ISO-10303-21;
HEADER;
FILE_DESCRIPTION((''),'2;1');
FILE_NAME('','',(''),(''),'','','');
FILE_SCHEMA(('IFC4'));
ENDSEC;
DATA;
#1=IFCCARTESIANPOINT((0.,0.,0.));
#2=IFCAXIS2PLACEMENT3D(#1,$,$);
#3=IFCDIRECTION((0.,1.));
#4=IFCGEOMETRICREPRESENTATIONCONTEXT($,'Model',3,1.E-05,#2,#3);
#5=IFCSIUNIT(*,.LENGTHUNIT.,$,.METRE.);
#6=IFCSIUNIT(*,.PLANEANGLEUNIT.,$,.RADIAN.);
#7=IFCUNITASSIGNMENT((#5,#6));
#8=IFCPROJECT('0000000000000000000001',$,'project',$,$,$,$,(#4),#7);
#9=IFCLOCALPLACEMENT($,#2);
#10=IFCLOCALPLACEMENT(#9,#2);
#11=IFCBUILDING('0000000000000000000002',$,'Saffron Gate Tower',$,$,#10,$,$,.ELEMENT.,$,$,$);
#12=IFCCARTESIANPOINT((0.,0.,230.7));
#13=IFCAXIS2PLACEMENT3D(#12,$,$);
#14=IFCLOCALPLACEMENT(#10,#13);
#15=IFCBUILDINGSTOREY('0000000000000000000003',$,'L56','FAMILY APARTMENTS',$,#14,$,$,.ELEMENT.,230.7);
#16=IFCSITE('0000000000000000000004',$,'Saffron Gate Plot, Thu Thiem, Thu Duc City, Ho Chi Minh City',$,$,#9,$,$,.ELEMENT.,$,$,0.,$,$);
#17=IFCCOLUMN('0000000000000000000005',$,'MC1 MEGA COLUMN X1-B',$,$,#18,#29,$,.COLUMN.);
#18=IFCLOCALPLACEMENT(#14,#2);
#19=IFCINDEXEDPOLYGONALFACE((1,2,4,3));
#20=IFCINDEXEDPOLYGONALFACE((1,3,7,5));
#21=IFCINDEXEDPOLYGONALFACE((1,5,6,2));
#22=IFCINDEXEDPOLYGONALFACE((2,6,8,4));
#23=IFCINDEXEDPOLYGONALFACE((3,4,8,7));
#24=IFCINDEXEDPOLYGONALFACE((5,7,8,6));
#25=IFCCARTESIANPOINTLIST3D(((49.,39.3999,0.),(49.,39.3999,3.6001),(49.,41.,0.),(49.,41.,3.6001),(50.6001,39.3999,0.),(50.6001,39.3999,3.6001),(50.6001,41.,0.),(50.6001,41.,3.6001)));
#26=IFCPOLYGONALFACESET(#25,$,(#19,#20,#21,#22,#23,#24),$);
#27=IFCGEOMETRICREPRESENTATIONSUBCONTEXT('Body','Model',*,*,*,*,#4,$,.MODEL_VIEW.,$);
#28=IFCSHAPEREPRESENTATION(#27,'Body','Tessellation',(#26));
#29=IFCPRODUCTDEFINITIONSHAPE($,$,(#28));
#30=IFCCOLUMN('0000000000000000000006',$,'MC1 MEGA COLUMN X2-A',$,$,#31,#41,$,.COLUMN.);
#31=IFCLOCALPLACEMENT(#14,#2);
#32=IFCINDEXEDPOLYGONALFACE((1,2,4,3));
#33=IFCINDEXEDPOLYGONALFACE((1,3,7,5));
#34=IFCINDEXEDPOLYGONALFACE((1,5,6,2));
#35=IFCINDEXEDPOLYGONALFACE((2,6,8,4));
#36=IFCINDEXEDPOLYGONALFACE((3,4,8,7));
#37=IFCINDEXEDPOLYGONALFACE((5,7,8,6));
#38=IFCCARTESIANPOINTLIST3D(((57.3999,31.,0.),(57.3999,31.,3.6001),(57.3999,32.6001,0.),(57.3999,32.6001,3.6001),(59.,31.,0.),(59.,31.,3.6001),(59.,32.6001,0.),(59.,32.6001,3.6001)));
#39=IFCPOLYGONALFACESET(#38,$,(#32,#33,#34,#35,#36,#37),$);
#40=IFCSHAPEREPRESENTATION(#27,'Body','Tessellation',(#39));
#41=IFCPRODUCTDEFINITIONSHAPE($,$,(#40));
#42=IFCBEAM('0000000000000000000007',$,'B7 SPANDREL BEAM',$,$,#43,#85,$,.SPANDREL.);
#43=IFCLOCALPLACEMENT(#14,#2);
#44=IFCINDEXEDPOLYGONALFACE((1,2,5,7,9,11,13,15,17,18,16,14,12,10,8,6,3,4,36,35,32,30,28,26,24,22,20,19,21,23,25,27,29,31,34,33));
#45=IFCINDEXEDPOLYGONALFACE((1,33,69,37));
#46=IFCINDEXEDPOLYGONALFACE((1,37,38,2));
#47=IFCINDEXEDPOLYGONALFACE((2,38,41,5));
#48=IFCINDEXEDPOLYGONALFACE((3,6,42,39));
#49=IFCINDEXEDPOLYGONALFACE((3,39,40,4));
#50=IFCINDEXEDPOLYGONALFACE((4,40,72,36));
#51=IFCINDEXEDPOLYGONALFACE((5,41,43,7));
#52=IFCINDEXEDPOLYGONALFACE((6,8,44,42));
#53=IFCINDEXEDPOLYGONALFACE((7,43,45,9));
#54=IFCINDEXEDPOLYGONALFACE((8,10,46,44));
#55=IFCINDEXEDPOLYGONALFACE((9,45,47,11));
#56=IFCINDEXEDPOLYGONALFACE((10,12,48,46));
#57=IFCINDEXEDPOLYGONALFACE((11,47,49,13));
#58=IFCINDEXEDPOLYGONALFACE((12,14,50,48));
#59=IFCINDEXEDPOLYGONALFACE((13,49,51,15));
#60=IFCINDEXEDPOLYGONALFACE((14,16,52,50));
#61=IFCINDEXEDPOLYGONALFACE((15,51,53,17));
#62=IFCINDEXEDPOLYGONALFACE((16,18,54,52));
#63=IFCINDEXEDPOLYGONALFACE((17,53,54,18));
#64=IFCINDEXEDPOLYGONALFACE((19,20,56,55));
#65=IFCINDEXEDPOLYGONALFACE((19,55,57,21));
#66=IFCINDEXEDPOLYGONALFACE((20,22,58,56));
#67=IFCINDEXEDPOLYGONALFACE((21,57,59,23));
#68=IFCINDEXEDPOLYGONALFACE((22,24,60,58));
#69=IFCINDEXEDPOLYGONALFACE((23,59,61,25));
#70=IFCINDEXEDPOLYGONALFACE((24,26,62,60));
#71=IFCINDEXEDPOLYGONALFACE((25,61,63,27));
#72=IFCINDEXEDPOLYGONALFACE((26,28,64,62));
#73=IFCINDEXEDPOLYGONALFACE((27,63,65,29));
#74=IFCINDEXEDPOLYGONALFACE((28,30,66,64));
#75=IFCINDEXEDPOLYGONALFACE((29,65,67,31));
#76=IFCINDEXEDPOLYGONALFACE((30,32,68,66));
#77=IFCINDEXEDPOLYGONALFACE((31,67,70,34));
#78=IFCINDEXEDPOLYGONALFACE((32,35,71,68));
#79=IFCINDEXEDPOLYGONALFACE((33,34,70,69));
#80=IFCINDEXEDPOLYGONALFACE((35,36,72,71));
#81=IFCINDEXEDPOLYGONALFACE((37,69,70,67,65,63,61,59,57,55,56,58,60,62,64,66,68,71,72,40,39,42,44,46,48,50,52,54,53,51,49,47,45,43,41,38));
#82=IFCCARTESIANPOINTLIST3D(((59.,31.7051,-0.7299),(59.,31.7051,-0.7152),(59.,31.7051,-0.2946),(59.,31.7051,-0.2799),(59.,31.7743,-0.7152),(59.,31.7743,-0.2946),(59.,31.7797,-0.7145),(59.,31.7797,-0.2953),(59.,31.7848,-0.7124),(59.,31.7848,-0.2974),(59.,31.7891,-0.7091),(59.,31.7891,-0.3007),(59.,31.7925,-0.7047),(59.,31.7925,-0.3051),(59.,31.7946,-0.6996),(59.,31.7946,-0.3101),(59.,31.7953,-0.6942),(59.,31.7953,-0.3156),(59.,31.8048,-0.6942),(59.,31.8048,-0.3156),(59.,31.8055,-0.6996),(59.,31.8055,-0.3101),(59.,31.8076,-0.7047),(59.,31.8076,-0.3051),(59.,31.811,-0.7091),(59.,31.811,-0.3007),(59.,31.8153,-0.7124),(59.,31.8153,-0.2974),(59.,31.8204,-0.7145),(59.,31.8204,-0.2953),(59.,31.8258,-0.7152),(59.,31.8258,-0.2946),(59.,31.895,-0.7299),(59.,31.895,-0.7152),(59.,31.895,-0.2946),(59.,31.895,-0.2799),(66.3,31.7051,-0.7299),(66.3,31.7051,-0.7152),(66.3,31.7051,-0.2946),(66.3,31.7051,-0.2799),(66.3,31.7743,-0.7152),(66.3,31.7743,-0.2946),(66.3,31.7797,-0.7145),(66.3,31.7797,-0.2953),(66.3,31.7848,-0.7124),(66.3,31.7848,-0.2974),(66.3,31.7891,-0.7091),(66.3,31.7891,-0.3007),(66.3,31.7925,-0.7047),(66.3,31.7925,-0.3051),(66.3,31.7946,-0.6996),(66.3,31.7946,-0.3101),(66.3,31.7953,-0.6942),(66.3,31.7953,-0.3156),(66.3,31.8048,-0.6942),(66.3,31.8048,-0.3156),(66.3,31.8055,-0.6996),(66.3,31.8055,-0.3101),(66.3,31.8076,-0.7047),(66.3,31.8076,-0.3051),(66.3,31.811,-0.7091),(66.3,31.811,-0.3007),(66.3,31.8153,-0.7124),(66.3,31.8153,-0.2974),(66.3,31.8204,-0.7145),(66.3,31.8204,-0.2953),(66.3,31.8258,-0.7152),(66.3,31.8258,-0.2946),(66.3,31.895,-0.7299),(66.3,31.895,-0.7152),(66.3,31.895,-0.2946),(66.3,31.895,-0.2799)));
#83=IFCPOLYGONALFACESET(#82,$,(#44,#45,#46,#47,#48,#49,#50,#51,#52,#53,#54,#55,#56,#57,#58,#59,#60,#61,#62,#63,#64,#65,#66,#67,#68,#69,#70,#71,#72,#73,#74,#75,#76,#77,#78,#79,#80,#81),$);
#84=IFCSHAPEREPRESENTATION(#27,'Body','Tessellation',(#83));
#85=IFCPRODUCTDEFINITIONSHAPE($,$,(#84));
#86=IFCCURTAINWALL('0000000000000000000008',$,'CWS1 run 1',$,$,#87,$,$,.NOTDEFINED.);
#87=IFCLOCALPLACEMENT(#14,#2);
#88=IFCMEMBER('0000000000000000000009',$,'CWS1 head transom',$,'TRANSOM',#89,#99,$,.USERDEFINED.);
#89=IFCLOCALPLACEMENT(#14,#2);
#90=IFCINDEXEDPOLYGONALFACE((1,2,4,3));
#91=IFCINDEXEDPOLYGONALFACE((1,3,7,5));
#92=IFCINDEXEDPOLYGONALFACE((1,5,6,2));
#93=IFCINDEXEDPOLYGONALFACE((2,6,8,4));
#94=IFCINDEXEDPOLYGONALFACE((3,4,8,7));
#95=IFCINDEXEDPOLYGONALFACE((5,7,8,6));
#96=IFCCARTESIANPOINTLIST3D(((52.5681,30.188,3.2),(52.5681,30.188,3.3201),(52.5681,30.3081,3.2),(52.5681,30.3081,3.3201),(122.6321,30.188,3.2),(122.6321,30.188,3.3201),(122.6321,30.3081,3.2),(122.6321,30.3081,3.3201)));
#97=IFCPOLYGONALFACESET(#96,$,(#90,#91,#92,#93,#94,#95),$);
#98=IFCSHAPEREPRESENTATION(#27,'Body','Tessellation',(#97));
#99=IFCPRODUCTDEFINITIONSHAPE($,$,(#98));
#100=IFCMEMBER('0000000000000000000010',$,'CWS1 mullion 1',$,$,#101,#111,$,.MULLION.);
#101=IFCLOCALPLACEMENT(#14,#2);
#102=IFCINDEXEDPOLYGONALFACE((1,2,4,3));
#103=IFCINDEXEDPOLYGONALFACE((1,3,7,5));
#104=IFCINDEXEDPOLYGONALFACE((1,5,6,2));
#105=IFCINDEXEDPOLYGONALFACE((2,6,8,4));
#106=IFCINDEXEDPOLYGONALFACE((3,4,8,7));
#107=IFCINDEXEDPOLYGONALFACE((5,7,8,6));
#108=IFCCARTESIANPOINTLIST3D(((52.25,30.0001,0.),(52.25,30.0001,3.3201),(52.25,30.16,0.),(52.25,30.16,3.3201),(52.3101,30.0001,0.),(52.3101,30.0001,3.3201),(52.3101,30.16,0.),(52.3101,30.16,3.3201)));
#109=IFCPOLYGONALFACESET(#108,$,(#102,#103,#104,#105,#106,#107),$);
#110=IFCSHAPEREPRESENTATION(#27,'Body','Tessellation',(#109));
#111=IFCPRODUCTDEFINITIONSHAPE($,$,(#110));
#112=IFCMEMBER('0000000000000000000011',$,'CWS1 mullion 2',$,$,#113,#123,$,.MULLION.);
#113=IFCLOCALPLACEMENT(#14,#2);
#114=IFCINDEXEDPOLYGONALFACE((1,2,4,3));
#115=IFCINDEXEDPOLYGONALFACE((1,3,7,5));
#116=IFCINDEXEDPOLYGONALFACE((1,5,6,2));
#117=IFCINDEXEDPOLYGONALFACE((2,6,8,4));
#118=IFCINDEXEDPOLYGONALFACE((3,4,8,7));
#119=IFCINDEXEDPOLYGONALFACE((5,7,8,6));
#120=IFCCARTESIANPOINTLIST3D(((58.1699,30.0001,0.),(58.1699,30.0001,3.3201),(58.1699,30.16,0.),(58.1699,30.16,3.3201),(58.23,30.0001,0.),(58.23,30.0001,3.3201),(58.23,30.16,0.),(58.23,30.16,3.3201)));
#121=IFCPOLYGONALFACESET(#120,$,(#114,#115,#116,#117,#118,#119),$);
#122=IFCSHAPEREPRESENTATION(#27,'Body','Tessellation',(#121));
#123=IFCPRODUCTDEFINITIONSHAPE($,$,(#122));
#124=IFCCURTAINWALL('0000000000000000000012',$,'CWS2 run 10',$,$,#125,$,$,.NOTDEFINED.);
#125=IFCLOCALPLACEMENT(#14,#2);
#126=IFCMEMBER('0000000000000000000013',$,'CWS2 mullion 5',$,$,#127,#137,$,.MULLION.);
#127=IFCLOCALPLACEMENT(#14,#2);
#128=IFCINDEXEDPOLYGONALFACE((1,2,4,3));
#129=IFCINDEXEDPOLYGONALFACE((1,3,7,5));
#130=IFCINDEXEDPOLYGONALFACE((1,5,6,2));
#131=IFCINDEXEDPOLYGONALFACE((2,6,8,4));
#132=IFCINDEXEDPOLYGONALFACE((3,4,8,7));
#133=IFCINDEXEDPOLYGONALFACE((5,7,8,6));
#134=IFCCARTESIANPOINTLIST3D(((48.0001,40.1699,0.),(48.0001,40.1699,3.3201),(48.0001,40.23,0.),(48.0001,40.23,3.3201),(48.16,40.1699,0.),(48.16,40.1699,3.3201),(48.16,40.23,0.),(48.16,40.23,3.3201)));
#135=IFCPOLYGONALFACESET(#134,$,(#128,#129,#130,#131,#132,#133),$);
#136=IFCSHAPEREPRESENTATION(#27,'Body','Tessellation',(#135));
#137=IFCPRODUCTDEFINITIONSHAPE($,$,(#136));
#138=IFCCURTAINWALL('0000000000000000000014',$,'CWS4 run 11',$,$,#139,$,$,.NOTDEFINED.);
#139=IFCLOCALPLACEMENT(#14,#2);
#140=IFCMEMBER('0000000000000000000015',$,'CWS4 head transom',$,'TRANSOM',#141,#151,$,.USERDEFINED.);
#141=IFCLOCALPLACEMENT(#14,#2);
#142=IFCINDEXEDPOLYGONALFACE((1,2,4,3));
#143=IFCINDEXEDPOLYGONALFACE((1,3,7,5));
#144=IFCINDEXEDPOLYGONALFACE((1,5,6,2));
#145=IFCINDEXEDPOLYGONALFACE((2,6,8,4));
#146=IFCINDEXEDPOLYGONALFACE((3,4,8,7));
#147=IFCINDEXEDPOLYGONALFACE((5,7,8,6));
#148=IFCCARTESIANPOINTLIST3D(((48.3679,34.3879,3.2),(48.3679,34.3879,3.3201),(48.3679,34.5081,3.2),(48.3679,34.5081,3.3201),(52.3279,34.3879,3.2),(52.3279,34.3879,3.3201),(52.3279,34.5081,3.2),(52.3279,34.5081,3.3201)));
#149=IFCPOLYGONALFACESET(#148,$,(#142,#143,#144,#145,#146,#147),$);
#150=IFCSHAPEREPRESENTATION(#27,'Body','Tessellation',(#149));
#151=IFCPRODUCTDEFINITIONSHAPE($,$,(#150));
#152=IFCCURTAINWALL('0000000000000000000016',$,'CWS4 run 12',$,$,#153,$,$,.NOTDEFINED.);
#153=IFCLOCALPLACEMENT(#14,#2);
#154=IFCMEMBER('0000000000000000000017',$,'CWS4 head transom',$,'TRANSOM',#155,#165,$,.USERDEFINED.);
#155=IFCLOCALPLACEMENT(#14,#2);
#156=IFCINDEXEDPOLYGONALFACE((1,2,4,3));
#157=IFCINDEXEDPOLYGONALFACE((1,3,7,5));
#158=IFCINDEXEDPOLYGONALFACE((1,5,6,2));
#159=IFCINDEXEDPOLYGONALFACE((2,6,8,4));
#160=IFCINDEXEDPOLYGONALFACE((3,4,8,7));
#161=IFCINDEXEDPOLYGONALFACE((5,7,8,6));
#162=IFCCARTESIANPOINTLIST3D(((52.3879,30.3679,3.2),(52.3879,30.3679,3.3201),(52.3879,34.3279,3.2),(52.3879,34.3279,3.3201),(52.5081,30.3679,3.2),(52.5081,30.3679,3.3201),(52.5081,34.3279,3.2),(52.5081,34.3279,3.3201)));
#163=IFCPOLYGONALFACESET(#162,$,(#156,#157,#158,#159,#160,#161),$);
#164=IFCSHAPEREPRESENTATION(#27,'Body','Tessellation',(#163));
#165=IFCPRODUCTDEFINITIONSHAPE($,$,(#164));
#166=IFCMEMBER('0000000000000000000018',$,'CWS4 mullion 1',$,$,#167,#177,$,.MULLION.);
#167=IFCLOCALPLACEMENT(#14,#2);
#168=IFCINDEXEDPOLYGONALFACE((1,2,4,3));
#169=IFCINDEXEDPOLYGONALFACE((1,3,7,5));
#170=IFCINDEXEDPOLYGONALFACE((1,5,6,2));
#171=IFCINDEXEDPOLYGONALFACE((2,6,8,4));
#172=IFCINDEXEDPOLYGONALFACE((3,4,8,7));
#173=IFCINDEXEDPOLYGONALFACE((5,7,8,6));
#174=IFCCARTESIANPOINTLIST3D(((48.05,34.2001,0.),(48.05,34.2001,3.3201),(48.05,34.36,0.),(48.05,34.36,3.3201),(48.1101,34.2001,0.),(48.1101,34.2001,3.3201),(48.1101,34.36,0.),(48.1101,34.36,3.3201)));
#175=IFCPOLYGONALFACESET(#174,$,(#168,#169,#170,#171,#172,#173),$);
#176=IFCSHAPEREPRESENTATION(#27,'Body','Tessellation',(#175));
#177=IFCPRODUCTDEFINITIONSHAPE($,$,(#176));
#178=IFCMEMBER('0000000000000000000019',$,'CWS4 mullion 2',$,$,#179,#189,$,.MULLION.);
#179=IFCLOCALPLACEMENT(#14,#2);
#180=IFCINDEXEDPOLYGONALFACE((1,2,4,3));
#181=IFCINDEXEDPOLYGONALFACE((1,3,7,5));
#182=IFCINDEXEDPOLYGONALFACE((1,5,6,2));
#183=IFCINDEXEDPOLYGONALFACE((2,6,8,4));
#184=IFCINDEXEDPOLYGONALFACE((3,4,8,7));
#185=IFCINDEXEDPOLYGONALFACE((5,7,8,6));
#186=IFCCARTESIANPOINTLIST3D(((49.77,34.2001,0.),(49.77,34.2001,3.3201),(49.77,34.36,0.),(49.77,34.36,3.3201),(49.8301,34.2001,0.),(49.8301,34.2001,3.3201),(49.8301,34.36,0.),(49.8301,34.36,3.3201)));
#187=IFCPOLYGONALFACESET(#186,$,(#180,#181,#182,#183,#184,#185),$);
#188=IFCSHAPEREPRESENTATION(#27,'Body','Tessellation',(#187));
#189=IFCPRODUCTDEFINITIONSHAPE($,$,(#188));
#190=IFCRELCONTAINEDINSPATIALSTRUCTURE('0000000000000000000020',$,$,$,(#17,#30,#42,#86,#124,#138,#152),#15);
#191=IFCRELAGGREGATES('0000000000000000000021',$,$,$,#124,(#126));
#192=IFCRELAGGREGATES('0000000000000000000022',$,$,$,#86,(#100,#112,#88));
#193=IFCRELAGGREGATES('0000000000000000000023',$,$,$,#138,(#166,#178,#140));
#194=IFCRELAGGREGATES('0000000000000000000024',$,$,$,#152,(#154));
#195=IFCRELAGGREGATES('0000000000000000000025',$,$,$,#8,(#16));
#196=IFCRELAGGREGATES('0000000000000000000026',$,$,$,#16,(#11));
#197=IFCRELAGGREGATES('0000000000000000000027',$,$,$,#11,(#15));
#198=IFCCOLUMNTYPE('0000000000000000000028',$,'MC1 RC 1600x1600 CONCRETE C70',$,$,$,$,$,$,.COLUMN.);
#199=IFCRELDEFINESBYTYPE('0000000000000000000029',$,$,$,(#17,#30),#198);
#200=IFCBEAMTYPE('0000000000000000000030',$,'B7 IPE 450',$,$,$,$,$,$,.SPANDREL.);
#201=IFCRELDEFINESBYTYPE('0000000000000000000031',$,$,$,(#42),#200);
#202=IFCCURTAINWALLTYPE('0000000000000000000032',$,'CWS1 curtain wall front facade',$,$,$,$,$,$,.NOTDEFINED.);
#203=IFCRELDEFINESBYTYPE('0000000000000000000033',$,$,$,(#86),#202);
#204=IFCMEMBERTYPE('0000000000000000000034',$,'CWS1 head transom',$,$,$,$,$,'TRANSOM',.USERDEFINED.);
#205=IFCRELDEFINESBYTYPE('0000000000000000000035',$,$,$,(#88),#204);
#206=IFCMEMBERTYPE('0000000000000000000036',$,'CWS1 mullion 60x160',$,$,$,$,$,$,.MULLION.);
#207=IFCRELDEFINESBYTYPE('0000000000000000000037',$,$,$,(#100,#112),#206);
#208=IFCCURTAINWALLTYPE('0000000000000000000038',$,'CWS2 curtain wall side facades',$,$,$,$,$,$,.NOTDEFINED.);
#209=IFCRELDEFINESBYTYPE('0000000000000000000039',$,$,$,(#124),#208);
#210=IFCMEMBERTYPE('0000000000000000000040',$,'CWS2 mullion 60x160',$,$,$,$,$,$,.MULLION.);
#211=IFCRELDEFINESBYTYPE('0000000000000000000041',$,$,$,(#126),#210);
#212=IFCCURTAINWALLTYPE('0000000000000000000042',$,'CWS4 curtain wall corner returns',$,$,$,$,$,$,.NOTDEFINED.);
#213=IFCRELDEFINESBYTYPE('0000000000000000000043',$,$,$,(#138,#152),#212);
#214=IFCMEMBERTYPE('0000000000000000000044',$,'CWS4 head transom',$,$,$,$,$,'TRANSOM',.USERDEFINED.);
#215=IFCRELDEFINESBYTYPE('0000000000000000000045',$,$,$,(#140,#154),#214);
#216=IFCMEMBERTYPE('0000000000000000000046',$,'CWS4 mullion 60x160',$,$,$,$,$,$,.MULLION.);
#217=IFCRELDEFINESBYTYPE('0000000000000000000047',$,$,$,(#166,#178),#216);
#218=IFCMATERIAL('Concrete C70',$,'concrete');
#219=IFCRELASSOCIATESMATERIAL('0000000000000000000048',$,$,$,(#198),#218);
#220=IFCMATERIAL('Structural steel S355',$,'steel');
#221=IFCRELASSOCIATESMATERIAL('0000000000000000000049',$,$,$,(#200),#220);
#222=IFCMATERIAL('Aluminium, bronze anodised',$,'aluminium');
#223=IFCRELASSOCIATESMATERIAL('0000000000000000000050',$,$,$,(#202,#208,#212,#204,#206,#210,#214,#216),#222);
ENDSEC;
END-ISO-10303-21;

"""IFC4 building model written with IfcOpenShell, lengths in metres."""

from ifc_helpers import new_model, si_unit, direction, frame, origin, origin_2d, place, context, subcontext, project, spatial, rectangle, i_section, extrude, material, material_profile, profile_set, type_object, element, aggregate, save


model = new_model("IFC4")

# Units and contexts
model_context = context("Model", 3, precision=1e-05, world=origin(), true_north=direction((0.0, 1.0)))
body_context = subcontext(model_context, "Body", "Model", "MODEL_VIEW")
ifc_project = project(units=[si_unit("LENGTHUNIT", "METRE"), si_unit("PLANEANGLEUNIT", "RADIAN")], contexts=[model_context])

# Site, building, storey
site_placement = place(None, origin())
site = spatial("IfcSite", under=ifc_project, at=site_placement, Name="Saffron Gate Plot, Thu Thiem, Thu Duc City, Ho Chi Minh City", CompositionType="ELEMENT", RefElevation=0.0)
building_placement = place(site_placement, origin())
building = spatial("IfcBuilding", under=site, at=building_placement, Name="Saffron Gate Tower", CompositionType="ELEMENT")
storey_placement = place(building_placement, frame((0.0, 0.0, 230.7)))
storey = spatial("IfcBuildingStorey", under=building, at=storey_placement, Name="L56", Description="FAMILY APARTMENTS", CompositionType="ELEMENT", Elevation=230.7)

# Columns
ifc_material_1 = material(Name="Concrete C70", Category="concrete")
ifc_material_profile_1 = material_profile(ifc_material_1, rectangle(XDim=1.6001, YDim=1.6001, at=origin_2d()))
ifc_profile_set_1 = profile_set([ifc_material_profile_1], Name="Concrete C70")
column_type = type_object("IfcColumnType", Name="MC1 RC 1600x1600 CONCRETE C70", PredefinedType="COLUMN", material=ifc_profile_set_1)
for number, where, z_axis, x_axis, name in (
    (1, (49.8, 40.2, 0.0), (0.0, 0.0, 1.0), (1.0, 0.0, 0.0), "MC1 MEGA COLUMN X1-B"),
    (2, (58.2, 31.8, 0.0), (0.0, 0.0, 1.0), (1.0, 0.0, 0.0), "MC1 MEGA COLUMN X2-A"),
):
    element("IfcColumn", number, at=place(storey_placement, frame(where, z_axis=z_axis, x_axis=x_axis)), inside=storey, type_object=column_type, Name=name, PredefinedType="COLUMN", context=body_context, shape_type="SweptSolid", body=[
        extrude(rectangle(XDim=1.6001, YDim=1.6001, at=origin_2d()), origin(), (0.0, 0.0, 1.0), 3.6001),
    ])

# Beam
ifc_material_2 = material(Name="Structural steel S355", Category="steel")
ifc_material_profile_2 = material_profile(ifc_material_2, i_section(OverallWidth=0.1899, OverallDepth=0.45, WebThickness=0.0095, FlangeThickness=0.0146, FilletRadius=0.021, at=origin_2d()))
ifc_profile_set_2 = profile_set([ifc_material_profile_2], Name="Structural steel S355")
beam_type = type_object("IfcBeamType", Name="B7 IPE 450", PredefinedType="SPANDREL", material=ifc_profile_set_2)
beam_placement = place(storey_placement, frame((59.0, 31.8, -0.5049), z_axis=(1.0, 0.0, 0.0), x_axis=(0.0, 1.0, 0.0)))
element("IfcBeam", 3, at=beam_placement, inside=storey, type_object=beam_type, Name="B7 SPANDREL BEAM", PredefinedType="SPANDREL", context=body_context, shape_type="SweptSolid", body=[
    extrude(i_section(OverallWidth=0.1899, OverallDepth=0.45, WebThickness=0.0095, FlangeThickness=0.0146, FilletRadius=0.021, at=origin_2d()), origin(), (0.0, 0.0, 1.0), 7.3),
])

# Curtain wall, members
ifc_material_3 = material(Name="Aluminium, bronze anodised", Category="aluminium")
curtain_wall_type_1 = type_object("IfcCurtainWallType", Name="CWS1 curtain wall front facade", PredefinedType="NOTDEFINED", material=ifc_material_3)
curtain_wall_1_placement = place(storey_placement, origin())
curtain_wall_1 = element("IfcCurtainWall", 4, at=curtain_wall_1_placement, inside=storey, type_object=curtain_wall_type_1, Name="CWS1 run 1", PredefinedType="NOTDEFINED")
ifc_material_profile_3 = material_profile(ifc_material_3, rectangle(XDim=0.1201, YDim=0.1201, at=origin_2d()))
ifc_profile_set_3 = profile_set([ifc_material_profile_3], Name="Aluminium, bronze anodised")
member_type_1 = type_object("IfcMemberType", Name="CWS1 head transom", ElementType="TRANSOM", PredefinedType="USERDEFINED", material=ifc_profile_set_3)
member_1_placement = place(storey_placement, frame((52.5681, 30.248, 3.26), z_axis=(1.0, 0.0, 0.0), x_axis=(0.0, 1.0, 0.0)))
member_1 = element("IfcMember", 5, at=member_1_placement, type_object=member_type_1, Name="CWS1 head transom", ObjectType="TRANSOM", PredefinedType="USERDEFINED", context=body_context, shape_type="SweptSolid", body=[
    extrude(rectangle(XDim=0.1201, YDim=0.1201, at=origin_2d()), origin(), (0.0, 0.0, 1.0), 70.064),
])
ifc_material_profile_4 = material_profile(ifc_material_3, rectangle(XDim=0.1599, YDim=0.0601, at=origin_2d()))
ifc_profile_set_4 = profile_set([ifc_material_profile_4], Name="Aluminium, bronze anodised")
member_type_2 = type_object("IfcMemberType", Name="CWS1 mullion 60x160", PredefinedType="MULLION", material=ifc_profile_set_4)
member_2_placement = place(storey_placement, frame((52.28, 30.0801, 0.0), z_axis=(0.0, 0.0, 1.0), x_axis=(0.0, 1.0, 0.0)))
member_2 = element("IfcMember", 6, at=member_2_placement, type_object=member_type_2, Name="CWS1 mullion 1", PredefinedType="MULLION", context=body_context, shape_type="SweptSolid", body=[
    extrude(rectangle(XDim=0.1599, YDim=0.0601, at=origin_2d()), origin(), (0.0, 0.0, 1.0), 3.3201),
])
member_3_placement = place(storey_placement, frame((58.2, 30.0801, 0.0), z_axis=(0.0, 0.0, 1.0), x_axis=(0.0, 1.0, 0.0)))
member_3 = element("IfcMember", 7, at=member_3_placement, type_object=member_type_2, Name="CWS1 mullion 2", PredefinedType="MULLION", context=body_context, shape_type="SweptSolid", body=[
    extrude(rectangle(XDim=0.1599, YDim=0.0601, at=origin_2d()), origin(), (0.0, 0.0, 1.0), 3.3201),
])

# Curtain walls, members
curtain_wall_type_2 = type_object("IfcCurtainWallType", Name="CWS2 curtain wall side facades", PredefinedType="NOTDEFINED", material=ifc_material_3)
curtain_wall_2_placement = place(storey_placement, origin())
curtain_wall_2 = element("IfcCurtainWall", 8, at=curtain_wall_2_placement, inside=storey, type_object=curtain_wall_type_2, Name="CWS2 run 10", PredefinedType="NOTDEFINED")
ifc_material_profile_5 = material_profile(ifc_material_3, rectangle(XDim=0.1599, YDim=0.0601, at=origin_2d()))
ifc_profile_set_5 = profile_set([ifc_material_profile_5], Name="Aluminium, bronze anodised")
member_type_3 = type_object("IfcMemberType", Name="CWS2 mullion 60x160", PredefinedType="MULLION", material=ifc_profile_set_5)
member_4_placement = place(storey_placement, frame((48.0801, 40.2, 0.0), z_axis=(0.0, 0.0, 1.0), x_axis=(1.0, 0.0, 0.0)))
member_4 = element("IfcMember", 9, at=member_4_placement, type_object=member_type_3, Name="CWS2 mullion 5", PredefinedType="MULLION", context=body_context, shape_type="SweptSolid", body=[
    extrude(rectangle(XDim=0.1599, YDim=0.0601, at=origin_2d()), origin(), (0.0, 0.0, 1.0), 3.3201),
])
aggregate(curtain_wall_2, [member_4])
curtain_wall_type_3 = type_object("IfcCurtainWallType", Name="CWS4 curtain wall corner returns", PredefinedType="NOTDEFINED", material=ifc_material_3)
curtain_wall_3_placement = place(storey_placement, origin())
curtain_wall_3 = element("IfcCurtainWall", 10, at=curtain_wall_3_placement, inside=storey, type_object=curtain_wall_type_3, Name="CWS4 run 11", PredefinedType="NOTDEFINED")
ifc_material_profile_6 = material_profile(ifc_material_3, rectangle(XDim=0.1201, YDim=0.1201, at=origin_2d()))
ifc_profile_set_6 = profile_set([ifc_material_profile_6], Name="Aluminium, bronze anodised")
member_type_4 = type_object("IfcMemberType", Name="CWS4 head transom", ElementType="TRANSOM", PredefinedType="USERDEFINED", material=ifc_profile_set_6)
member_5_placement = place(storey_placement, frame((48.3679, 34.448, 3.26), z_axis=(1.0, 0.0, 0.0), x_axis=(0.0, 1.0, 0.0)))
member_5 = element("IfcMember", 11, at=member_5_placement, type_object=member_type_4, Name="CWS4 head transom", ObjectType="TRANSOM", PredefinedType="USERDEFINED", context=body_context, shape_type="SweptSolid", body=[
    extrude(rectangle(XDim=0.1201, YDim=0.1201, at=origin_2d()), origin(), (0.0, 0.0, 1.0), 3.96),
])
curtain_wall_4_placement = place(storey_placement, origin())
curtain_wall_4 = element("IfcCurtainWall", 12, at=curtain_wall_4_placement, inside=storey, type_object=curtain_wall_type_3, Name="CWS4 run 12", PredefinedType="NOTDEFINED")
member_6_placement = place(storey_placement, frame((52.448, 34.3279, 3.26), z_axis=(0.0, -1.0, 0.0), x_axis=(1.0, 0.0, 0.0)))
member_6 = element("IfcMember", 13, at=member_6_placement, type_object=member_type_4, Name="CWS4 head transom", ObjectType="TRANSOM", PredefinedType="USERDEFINED", context=body_context, shape_type="SweptSolid", body=[
    extrude(rectangle(XDim=0.1201, YDim=0.1201, at=origin_2d()), origin(), (0.0, 0.0, 1.0), 3.96),
])

# Members
ifc_material_profile_7 = material_profile(ifc_material_3, rectangle(XDim=0.1599, YDim=0.0601, at=origin_2d()))
ifc_profile_set_7 = profile_set([ifc_material_profile_7], Name="Aluminium, bronze anodised")
member_type_5 = type_object("IfcMemberType", Name="CWS4 mullion 60x160", PredefinedType="MULLION", material=ifc_profile_set_7)
member_7_placement = place(storey_placement, frame((48.0801, 34.28, 0.0), z_axis=(0.0, 0.0, 1.0), x_axis=(0.0, 1.0, 0.0)))
member_7 = element("IfcMember", 14, at=member_7_placement, type_object=member_type_5, Name="CWS4 mullion 1", PredefinedType="MULLION", context=body_context, shape_type="SweptSolid", body=[
    extrude(rectangle(XDim=0.1599, YDim=0.0601, at=origin_2d()), origin(), (0.0, 0.0, 1.0), 3.3201),
])
member_8_placement = place(storey_placement, frame((49.8, 34.28, 0.0), z_axis=(0.0, 0.0, 1.0), x_axis=(0.0, 1.0, 0.0)))
member_8 = element("IfcMember", 15, at=member_8_placement, type_object=member_type_5, Name="CWS4 mullion 2", PredefinedType="MULLION", context=body_context, shape_type="SweptSolid", body=[
    extrude(rectangle(XDim=0.1599, YDim=0.0601, at=origin_2d()), origin(), (0.0, 0.0, 1.0), 3.3201),
])

aggregate(curtain_wall_1, [member_2, member_3, member_1])

aggregate(curtain_wall_3, [member_7, member_8, member_5])
aggregate(curtain_wall_4, [member_6])

save(model, "model.ifc")
